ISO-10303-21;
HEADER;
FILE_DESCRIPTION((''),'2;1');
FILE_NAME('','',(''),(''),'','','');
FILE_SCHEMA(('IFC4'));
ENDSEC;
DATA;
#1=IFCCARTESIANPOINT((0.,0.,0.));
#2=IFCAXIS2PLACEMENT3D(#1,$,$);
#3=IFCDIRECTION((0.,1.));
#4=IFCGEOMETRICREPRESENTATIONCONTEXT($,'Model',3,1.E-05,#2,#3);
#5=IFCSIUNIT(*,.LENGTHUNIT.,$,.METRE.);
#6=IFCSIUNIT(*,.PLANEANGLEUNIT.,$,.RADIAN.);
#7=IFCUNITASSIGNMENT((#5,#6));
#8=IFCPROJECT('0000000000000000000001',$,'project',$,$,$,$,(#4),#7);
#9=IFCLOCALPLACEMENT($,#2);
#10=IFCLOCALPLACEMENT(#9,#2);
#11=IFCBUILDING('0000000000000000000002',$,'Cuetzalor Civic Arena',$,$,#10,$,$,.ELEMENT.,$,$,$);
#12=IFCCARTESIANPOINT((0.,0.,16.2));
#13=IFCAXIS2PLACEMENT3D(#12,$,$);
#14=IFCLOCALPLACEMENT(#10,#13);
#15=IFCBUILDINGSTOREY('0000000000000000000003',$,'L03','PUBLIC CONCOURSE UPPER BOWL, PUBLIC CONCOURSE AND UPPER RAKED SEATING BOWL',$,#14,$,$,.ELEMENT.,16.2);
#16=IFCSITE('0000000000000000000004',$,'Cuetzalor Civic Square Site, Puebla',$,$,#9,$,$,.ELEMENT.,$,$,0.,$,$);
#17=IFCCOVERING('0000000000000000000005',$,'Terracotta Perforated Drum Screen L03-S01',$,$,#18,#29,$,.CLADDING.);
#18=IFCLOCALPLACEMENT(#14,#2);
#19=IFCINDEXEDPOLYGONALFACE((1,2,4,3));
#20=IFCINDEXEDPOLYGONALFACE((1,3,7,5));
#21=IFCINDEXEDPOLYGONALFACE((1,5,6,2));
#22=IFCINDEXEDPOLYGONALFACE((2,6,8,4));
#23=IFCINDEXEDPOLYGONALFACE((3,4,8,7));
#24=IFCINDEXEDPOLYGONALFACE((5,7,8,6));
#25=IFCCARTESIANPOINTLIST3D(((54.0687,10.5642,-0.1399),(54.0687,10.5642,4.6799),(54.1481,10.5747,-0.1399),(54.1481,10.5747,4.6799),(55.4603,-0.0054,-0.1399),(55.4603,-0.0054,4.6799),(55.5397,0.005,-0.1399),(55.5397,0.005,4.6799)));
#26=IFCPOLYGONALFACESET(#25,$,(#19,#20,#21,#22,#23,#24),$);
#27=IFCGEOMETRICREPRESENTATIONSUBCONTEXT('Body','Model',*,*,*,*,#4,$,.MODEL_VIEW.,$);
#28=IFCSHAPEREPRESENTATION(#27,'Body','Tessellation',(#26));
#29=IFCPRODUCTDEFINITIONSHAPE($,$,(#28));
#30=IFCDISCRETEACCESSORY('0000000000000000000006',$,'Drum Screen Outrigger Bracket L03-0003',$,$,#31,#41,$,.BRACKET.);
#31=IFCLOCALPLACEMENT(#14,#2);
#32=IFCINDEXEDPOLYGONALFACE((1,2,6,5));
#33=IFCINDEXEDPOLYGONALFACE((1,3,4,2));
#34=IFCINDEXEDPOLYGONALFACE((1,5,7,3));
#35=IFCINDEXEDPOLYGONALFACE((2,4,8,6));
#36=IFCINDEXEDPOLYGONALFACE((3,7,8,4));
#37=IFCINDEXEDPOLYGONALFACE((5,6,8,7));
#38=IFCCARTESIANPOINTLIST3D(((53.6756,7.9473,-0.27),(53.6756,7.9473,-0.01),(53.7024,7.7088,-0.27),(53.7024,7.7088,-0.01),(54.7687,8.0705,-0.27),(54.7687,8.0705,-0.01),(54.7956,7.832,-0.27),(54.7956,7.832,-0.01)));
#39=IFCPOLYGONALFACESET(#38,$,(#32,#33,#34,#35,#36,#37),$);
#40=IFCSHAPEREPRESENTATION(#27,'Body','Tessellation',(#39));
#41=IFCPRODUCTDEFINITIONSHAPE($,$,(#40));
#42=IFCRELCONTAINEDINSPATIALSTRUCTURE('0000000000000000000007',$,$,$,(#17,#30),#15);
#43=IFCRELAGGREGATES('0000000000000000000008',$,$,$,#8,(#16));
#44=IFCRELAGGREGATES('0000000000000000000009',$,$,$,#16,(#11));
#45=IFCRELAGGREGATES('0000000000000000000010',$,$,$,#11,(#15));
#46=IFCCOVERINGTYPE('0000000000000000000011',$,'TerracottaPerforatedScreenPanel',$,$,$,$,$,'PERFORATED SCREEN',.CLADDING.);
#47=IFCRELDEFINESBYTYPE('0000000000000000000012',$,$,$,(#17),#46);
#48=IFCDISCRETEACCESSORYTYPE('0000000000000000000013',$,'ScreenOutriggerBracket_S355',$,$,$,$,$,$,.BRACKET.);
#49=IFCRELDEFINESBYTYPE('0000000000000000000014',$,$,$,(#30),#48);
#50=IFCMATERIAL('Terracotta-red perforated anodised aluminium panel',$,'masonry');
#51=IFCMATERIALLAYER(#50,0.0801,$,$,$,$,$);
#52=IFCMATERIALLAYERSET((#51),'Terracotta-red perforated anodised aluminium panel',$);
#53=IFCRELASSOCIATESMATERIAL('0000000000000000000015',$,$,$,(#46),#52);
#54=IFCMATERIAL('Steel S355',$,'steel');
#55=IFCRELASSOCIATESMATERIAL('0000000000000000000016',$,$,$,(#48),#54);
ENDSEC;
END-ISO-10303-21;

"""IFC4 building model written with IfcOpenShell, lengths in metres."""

from ifc_helpers import new_model, si_unit, direction, frame, frame_2d, origin, origin_2d, place, context, subcontext, project, spatial, rectangle, extrude, material, layer, layer_set, type_object, element, save


model = new_model("IFC4")

# Units and contexts
model_context = context("Model", 3, precision=1e-05, world=origin(), true_north=direction((0.0, 1.0)))
body_context = subcontext(model_context, "Body", "Model", "MODEL_VIEW")
ifc_project = project(units=[si_unit("LENGTHUNIT", "METRE"), si_unit("PLANEANGLEUNIT", "RADIAN")], contexts=[model_context])

# Site, building, storey
site_placement = place(None, origin())
site = spatial("IfcSite", under=ifc_project, at=site_placement, Name="Cuetzalor Civic Square Site, Puebla", CompositionType="ELEMENT", RefElevation=0.0)
building_placement = place(site_placement, origin())
building = spatial("IfcBuilding", under=site, at=building_placement, Name="Cuetzalor Civic Arena", CompositionType="ELEMENT")
storey_placement = place(building_placement, frame((0.0, 0.0, 16.2)))
storey = spatial("IfcBuildingStorey", under=building, at=storey_placement, Name="L03", Description="PUBLIC CONCOURSE UPPER BOWL, PUBLIC CONCOURSE AND UPPER RAKED SEATING BOWL", CompositionType="ELEMENT", Elevation=16.2)

# Covering
ifc_material_1 = material(Name="Terracotta-red perforated anodised aluminium panel", Category="masonry")
ifc_layer_1 = layer(ifc_material_1, 0.0801)
ifc_layer_set_1 = layer_set([ifc_layer_1], Name="Terracotta-red perforated anodised aluminium panel")
covering_type = type_object("IfcCoveringType", Name="TerracottaPerforatedScreenPanel", ElementType="PERFORATED SCREEN", PredefinedType="CLADDING", material=ifc_layer_set_1)
covering_placement = place(storey_placement, frame((54.1084, 10.5696, -0.1399), z_axis=(0.0, 0.0, 1.0), x_axis=(0.130534, -0.991444, 0.0)))
element("IfcCovering", 1, at=covering_placement, inside=storey, type_object=covering_type, Name="Terracotta Perforated Drum Screen L03-S01", PredefinedType="CLADDING", context=body_context, shape_type="SweptSolid", body=[
    extrude(rectangle(XDim=10.6609, YDim=0.0801, at=frame_2d((5.3306, 0.0))), origin(), (0.0, 0.0, 1.0), 4.8198),
])

# Discrete accessory
ifc_material_2 = material(Name="Steel S355", Category="steel")
discrete_accessory_type = type_object("IfcDiscreteAccessoryType", Name="ScreenOutriggerBracket_S355", PredefinedType="BRACKET", material=ifc_material_2)
discrete_accessory_placement = place(storey_placement, frame((54.2356, 7.8896, -0.27), z_axis=(0.0, 0.0, 1.0), x_axis=(0.993709, 0.111989, 0.0)))
element("IfcDiscreteAccessory", 2, at=discrete_accessory_placement, inside=storey, type_object=discrete_accessory_type, Name="Drum Screen Outrigger Bracket L03-0003", PredefinedType="BRACKET", context=body_context, shape_type="SweptSolid", body=[
    extrude(rectangle(XDim=1.1001, YDim=0.24, at=origin_2d()), origin(), (0.0, 0.0, 1.0), 0.26),
])

save(model, "model.ifc")
